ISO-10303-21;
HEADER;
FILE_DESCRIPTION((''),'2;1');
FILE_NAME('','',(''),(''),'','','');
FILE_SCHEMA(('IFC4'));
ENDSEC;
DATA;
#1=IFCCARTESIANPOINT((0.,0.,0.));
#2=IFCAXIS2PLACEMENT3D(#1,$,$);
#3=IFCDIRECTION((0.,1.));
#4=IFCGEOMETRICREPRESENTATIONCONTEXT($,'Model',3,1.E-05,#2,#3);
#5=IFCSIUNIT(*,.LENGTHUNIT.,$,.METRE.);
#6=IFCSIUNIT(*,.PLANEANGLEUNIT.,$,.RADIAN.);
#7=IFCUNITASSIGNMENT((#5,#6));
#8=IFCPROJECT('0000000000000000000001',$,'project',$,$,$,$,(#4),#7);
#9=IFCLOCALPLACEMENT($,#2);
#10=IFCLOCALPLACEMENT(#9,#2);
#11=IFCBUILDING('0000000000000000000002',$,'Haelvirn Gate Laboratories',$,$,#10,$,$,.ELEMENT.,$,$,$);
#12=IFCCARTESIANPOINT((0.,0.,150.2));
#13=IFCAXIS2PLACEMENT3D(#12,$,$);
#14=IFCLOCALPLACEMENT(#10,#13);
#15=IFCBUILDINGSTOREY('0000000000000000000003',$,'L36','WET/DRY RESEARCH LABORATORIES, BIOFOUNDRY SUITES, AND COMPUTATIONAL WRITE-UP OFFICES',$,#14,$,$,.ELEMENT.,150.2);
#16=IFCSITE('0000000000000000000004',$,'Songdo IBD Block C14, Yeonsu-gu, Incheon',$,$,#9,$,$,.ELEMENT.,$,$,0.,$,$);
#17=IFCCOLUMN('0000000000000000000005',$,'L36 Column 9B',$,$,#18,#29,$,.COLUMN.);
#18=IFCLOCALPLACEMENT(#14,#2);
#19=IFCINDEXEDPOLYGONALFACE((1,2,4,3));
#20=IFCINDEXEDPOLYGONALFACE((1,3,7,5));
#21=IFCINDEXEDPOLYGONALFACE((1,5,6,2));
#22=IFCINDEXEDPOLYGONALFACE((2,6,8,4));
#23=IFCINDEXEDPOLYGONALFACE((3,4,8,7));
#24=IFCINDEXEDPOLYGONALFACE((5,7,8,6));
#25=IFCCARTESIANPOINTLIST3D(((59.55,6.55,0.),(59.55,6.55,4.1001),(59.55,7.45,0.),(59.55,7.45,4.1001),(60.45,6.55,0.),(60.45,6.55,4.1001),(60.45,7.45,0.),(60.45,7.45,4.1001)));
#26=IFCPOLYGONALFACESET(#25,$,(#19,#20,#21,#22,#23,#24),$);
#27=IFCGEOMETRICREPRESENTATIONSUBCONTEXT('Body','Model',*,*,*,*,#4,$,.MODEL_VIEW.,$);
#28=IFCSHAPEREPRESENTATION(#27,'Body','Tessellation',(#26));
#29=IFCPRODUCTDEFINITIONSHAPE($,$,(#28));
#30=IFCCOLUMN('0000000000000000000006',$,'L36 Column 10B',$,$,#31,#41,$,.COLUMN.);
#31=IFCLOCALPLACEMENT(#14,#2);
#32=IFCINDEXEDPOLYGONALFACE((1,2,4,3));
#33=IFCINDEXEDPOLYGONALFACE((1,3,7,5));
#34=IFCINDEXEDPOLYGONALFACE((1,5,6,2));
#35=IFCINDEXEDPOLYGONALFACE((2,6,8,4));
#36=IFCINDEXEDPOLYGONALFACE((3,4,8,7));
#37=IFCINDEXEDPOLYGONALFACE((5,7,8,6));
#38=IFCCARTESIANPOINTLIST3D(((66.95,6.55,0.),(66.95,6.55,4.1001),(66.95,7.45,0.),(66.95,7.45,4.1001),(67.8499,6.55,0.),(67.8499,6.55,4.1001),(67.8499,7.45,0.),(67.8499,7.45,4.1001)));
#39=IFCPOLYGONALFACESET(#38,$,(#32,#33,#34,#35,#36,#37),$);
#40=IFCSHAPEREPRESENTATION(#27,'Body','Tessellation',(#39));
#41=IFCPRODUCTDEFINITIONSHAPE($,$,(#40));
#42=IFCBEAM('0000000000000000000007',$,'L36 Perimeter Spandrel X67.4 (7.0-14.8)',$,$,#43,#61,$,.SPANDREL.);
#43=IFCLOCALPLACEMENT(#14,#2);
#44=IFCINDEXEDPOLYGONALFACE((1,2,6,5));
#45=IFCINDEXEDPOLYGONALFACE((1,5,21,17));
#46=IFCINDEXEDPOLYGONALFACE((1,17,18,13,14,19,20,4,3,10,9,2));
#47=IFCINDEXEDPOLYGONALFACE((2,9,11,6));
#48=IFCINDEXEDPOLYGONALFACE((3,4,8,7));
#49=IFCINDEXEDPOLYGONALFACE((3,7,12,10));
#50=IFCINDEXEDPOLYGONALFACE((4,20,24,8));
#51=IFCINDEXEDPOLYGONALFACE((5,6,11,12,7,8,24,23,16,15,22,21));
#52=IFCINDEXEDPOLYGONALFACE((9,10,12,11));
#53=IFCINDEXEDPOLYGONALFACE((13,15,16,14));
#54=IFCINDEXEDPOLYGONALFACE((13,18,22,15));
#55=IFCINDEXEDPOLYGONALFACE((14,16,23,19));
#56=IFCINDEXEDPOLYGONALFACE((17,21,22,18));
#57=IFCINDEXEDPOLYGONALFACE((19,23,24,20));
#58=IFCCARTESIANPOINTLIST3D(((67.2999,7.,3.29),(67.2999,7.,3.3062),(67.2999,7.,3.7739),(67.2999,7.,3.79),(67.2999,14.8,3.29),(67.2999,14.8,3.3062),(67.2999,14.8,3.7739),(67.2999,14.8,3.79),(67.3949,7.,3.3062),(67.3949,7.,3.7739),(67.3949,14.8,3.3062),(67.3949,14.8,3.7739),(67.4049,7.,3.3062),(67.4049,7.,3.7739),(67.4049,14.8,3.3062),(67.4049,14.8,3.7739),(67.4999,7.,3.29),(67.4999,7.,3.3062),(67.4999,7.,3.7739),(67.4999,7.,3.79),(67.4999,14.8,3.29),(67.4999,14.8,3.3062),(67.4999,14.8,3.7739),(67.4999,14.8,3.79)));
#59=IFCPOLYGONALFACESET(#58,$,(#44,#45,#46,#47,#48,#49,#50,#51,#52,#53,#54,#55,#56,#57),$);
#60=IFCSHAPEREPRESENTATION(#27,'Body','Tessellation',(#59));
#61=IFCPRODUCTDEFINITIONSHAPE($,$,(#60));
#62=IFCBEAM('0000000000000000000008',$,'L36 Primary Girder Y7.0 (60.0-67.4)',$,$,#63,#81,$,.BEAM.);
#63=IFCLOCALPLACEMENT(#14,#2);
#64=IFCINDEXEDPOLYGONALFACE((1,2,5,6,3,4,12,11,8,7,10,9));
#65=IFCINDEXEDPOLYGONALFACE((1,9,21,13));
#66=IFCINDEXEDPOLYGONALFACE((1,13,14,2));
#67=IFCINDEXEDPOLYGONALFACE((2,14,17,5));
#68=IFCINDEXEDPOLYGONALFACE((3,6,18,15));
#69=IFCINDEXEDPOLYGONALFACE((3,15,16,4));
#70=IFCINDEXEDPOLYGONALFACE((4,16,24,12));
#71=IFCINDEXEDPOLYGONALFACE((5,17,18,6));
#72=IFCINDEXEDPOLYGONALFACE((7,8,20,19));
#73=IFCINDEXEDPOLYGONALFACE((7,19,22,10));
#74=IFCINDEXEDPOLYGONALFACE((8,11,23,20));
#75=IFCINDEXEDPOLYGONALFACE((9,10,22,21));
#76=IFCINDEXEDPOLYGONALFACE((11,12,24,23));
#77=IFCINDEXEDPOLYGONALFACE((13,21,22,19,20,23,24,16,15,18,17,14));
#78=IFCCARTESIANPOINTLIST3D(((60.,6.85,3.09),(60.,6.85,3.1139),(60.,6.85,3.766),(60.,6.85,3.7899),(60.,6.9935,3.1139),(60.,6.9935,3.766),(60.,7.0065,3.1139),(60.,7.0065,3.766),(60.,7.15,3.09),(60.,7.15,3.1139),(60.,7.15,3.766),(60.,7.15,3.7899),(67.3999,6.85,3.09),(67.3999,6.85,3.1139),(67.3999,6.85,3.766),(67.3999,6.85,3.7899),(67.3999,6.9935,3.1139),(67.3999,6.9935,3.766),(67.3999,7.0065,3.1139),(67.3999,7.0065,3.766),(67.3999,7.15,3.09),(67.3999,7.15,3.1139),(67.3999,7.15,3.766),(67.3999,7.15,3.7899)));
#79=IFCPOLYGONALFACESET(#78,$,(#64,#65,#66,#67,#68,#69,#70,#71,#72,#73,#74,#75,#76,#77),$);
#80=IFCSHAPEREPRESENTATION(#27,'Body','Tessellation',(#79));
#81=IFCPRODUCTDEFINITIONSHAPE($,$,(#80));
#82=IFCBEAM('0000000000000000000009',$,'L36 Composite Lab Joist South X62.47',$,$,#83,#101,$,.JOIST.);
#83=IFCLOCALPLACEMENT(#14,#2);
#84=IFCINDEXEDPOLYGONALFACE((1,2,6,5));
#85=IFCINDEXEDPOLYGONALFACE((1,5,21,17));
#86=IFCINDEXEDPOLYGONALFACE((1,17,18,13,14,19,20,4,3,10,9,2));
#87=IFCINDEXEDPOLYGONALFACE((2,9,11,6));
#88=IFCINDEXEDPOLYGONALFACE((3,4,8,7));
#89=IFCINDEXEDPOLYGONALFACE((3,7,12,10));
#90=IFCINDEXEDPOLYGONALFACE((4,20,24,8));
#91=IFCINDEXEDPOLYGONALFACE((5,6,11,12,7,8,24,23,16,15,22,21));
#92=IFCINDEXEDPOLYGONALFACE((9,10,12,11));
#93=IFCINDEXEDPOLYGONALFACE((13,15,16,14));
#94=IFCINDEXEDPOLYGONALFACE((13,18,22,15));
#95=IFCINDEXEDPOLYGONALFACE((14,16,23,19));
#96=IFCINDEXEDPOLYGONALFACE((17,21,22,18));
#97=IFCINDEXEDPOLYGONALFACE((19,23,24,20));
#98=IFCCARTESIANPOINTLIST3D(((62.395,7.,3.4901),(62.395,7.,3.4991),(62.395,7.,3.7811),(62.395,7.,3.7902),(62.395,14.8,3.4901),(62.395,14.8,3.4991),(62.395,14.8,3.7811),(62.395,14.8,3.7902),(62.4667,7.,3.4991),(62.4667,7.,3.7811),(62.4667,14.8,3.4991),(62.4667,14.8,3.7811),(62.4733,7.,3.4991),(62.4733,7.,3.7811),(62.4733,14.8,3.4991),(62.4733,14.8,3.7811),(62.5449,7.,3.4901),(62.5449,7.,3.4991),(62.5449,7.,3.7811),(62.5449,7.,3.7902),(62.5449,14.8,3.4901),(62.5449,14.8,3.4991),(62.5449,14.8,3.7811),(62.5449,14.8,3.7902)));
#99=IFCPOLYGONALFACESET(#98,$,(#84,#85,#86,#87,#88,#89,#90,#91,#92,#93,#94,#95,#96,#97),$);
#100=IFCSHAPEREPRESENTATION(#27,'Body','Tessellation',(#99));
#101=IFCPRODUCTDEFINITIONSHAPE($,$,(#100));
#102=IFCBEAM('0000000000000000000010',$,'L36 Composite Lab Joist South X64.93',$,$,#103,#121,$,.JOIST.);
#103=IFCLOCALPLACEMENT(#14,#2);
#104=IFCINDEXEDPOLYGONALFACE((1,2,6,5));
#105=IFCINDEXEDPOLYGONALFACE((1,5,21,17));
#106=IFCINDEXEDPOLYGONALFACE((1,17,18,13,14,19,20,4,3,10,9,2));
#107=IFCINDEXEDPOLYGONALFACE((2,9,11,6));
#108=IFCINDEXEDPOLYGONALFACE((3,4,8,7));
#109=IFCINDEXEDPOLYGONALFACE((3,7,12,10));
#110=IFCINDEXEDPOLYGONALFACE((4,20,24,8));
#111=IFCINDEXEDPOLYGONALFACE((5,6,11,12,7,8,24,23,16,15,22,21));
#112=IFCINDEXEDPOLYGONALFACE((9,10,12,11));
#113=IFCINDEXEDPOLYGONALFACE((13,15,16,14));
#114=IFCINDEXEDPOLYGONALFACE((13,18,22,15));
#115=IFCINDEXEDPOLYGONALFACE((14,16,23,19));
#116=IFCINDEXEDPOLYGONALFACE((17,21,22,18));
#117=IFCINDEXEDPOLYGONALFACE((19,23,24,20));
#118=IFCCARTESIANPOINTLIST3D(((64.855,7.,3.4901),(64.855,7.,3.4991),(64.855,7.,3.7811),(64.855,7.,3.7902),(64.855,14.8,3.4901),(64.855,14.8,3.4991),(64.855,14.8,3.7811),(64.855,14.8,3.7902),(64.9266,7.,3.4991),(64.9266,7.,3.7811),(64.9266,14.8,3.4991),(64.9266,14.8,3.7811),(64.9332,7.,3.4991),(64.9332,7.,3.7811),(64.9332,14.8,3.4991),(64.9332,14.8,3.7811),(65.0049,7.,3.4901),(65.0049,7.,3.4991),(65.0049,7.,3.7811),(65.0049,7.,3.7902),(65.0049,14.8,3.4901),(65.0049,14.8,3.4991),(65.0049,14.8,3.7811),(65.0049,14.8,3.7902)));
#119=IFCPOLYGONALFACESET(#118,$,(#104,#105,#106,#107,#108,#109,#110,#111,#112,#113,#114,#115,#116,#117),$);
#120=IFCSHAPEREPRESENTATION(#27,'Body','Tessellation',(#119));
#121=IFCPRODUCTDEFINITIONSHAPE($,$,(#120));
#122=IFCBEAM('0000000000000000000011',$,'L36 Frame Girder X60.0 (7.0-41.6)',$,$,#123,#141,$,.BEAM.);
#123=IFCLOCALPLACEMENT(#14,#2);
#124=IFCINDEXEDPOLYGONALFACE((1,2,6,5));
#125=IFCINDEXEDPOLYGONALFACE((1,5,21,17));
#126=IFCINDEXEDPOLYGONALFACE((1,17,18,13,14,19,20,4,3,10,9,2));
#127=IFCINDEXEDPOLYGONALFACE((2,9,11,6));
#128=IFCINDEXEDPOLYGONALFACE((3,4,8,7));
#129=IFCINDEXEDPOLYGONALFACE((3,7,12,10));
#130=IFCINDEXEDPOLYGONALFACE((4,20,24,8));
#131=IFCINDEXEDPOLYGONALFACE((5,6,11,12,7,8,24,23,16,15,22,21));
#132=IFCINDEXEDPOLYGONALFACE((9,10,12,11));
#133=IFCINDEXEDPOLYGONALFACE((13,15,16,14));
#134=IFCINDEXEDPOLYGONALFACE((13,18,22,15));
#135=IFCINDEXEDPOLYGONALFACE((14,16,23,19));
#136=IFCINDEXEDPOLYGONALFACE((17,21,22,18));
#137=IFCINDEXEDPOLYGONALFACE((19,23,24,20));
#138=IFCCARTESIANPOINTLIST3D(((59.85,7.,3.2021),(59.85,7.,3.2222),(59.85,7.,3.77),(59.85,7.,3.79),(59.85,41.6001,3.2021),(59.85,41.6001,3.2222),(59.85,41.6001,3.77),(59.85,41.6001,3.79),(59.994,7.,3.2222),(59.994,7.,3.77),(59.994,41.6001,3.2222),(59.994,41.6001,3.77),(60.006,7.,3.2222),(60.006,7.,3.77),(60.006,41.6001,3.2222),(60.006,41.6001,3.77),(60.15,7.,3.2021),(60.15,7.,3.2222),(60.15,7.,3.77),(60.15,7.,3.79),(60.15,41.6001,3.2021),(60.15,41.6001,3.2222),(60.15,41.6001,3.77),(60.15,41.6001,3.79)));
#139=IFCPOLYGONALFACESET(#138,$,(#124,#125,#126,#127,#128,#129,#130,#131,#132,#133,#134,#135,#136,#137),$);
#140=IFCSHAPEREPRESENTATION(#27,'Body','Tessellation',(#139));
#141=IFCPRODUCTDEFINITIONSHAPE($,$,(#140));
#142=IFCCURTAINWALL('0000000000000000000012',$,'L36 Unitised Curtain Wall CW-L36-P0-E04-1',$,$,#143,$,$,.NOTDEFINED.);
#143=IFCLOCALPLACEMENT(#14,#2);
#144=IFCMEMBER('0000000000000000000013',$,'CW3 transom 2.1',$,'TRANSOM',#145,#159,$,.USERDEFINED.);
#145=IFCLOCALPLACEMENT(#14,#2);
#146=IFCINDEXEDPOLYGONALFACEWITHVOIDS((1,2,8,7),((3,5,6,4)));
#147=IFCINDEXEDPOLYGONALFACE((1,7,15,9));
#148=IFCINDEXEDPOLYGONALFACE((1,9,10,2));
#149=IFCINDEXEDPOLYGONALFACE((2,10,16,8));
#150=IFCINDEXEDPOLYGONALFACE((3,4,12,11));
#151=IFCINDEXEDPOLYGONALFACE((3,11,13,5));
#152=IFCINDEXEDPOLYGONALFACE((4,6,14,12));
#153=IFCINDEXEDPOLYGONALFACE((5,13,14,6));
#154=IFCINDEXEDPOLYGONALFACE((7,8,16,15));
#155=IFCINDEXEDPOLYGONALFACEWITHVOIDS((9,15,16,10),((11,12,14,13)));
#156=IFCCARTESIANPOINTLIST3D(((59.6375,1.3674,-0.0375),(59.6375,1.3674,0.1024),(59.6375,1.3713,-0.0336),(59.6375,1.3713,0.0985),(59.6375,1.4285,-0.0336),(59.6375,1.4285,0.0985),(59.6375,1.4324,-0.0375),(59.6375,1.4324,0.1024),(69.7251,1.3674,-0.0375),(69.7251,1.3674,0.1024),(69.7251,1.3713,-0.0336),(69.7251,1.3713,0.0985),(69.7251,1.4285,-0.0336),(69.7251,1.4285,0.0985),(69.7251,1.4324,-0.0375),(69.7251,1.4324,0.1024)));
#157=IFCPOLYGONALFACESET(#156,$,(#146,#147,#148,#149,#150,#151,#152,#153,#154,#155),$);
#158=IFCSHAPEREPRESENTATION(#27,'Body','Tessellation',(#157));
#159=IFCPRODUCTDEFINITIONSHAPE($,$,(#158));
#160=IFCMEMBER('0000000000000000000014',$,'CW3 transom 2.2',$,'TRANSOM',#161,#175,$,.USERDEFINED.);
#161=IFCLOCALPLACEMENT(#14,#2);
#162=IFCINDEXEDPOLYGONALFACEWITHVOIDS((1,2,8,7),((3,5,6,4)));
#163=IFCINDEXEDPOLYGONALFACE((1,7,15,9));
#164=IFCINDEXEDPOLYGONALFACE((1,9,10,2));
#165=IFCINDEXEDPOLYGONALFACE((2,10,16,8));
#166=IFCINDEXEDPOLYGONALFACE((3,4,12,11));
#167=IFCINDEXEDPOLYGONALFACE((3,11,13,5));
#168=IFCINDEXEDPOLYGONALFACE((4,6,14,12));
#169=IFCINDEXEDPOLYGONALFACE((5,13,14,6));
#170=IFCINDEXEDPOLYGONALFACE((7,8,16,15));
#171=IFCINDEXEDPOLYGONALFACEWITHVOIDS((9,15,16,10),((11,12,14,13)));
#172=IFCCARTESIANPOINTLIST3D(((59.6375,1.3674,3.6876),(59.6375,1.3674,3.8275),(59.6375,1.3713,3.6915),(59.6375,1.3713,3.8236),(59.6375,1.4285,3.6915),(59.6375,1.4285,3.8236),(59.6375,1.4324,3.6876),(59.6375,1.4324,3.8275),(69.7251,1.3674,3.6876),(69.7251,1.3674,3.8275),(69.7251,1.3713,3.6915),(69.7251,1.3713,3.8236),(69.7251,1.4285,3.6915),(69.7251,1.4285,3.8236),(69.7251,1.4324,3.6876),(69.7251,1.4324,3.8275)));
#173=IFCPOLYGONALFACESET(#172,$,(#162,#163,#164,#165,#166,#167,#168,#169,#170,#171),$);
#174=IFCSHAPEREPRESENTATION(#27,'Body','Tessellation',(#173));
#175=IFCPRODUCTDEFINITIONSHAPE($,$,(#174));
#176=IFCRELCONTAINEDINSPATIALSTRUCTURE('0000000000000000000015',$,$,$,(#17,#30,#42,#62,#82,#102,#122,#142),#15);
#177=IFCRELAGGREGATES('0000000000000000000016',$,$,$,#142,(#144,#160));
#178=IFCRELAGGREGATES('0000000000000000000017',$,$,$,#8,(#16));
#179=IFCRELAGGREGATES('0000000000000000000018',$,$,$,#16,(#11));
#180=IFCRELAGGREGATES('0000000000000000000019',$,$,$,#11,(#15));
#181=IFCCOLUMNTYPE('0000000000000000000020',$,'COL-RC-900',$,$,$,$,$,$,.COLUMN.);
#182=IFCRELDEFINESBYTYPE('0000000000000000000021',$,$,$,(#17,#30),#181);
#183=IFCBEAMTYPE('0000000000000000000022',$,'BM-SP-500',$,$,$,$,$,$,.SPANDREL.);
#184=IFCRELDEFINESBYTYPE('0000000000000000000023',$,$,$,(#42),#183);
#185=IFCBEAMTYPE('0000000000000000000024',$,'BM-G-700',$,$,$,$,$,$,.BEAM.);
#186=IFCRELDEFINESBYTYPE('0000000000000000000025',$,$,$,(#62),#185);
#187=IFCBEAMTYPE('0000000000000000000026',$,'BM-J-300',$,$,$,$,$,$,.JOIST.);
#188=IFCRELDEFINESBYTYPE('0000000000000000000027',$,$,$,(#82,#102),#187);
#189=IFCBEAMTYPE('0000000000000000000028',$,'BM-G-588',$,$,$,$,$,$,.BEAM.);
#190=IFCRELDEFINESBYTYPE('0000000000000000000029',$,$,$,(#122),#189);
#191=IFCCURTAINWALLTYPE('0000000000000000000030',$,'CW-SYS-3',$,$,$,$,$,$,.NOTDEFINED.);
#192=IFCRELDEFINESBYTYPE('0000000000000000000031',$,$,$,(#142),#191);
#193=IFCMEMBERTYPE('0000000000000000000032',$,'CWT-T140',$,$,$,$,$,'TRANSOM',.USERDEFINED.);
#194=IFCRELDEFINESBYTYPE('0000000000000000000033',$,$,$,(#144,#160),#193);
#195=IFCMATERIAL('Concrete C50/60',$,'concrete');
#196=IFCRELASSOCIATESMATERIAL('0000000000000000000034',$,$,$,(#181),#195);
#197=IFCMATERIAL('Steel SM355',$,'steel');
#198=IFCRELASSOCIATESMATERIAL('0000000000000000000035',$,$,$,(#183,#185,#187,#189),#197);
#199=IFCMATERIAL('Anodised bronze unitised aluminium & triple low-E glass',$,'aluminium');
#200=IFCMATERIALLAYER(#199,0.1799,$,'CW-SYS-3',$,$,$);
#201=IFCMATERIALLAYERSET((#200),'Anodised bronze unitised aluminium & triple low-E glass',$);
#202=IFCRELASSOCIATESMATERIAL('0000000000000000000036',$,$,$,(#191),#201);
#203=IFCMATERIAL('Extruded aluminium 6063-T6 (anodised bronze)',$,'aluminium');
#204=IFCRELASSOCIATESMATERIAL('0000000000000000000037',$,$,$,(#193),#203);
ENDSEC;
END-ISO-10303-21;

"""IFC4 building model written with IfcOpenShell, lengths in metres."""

from ifc_helpers import new_model, si_unit, direction, frame, origin, origin_2d, place, context, subcontext, project, spatial, rectangle, hollow_rectangle, i_section, extrude, source, transform, mapped, material, layer, layer_set, material_profile, profile_set, type_object, type_shapes, element, aggregate, save


model = new_model("IFC4")

# Units and contexts
model_context = context("Model", 3, precision=1e-05, world=origin(), true_north=direction((0.0, 1.0)))
body_context = subcontext(model_context, "Body", "Model", "MODEL_VIEW")
ifc_project = project(units=[si_unit("LENGTHUNIT", "METRE"), si_unit("PLANEANGLEUNIT", "RADIAN")], contexts=[model_context])

# Site, building, storey
site_placement = place(None, origin())
site = spatial("IfcSite", under=ifc_project, at=site_placement, Name="Songdo IBD Block C14, Yeonsu-gu, Incheon", CompositionType="ELEMENT", RefElevation=0.0)
building_placement = place(site_placement, origin())
building = spatial("IfcBuilding", under=site, at=building_placement, Name="Haelvirn Gate Laboratories", CompositionType="ELEMENT")
storey_placement = place(building_placement, frame((0.0, 0.0, 150.2)))
storey = spatial("IfcBuildingStorey", under=building, at=storey_placement, Name="L36", Description="WET/DRY RESEARCH LABORATORIES, BIOFOUNDRY SUITES, AND COMPUTATIONAL WRITE-UP OFFICES", CompositionType="ELEMENT", Elevation=150.2)

# Columns
ifc_material_1 = material(Name="Concrete C50/60", Category="concrete")
ifc_material_profile_1 = material_profile(ifc_material_1, rectangle(XDim=0.8999, YDim=0.8999, at=origin_2d()), Name="RC-900x900")
ifc_profile_set_1 = profile_set([ifc_material_profile_1], Name="Concrete C50/60")
column_type = type_object("IfcColumnType", Name="COL-RC-900", PredefinedType="COLUMN", material=ifc_profile_set_1)
shared_shape_1 = source(origin(), body_context, "Body", "SweptSolid", [
    extrude(rectangle(XDim=0.8999, YDim=0.8999, at=origin_2d()), origin(), (0.0, 0.0, 1.0), 4.1001),
])
type_shapes(column_type, [shared_shape_1])
for number, where, z_axis, x_axis, name in (
    (1, (60.0, 7.0, 0.0), (0.0, 0.0, 1.0), (1.0, 0.0, 0.0), "L36 Column 9B"),
    (2, (67.3999, 7.0, 0.0), (0.0, 0.0, 1.0), (1.0, 0.0, 0.0), "L36 Column 10B"),
):
    element("IfcColumn", number, at=place(storey_placement, frame(where, z_axis=z_axis, x_axis=x_axis)), inside=storey, type_object=column_type, Name=name, PredefinedType="COLUMN", context=body_context, shape_type="MappedRepresentation", body=[
        mapped(shared_shape_1, transform((0.0, 0.0, 0.0), scale=1.0)),
    ])

# Beams
ifc_material_2 = material(Name="Steel SM355", Category="steel")
ifc_material_profile_2 = material_profile(ifc_material_2, i_section(OverallWidth=0.2, OverallDepth=0.5, WebThickness=0.01, FlangeThickness=0.0161, at=origin_2d()), Name="H-500x200x10x16")
ifc_profile_set_2 = profile_set([ifc_material_profile_2], Name="Steel SM355")
beam_type_1 = type_object("IfcBeamType", Name="BM-SP-500", PredefinedType="SPANDREL", material=ifc_profile_set_2)
shared_shape_2 = source(origin(), body_context, "Body", "SweptSolid", [
    extrude(i_section(OverallWidth=0.2, OverallDepth=0.5, WebThickness=0.01, FlangeThickness=0.0161, at=origin_2d()), origin(), (0.0, 0.0, 1.0), 7.8),
])
type_shapes(beam_type_1, [shared_shape_2])
beam_1_placement = place(storey_placement, frame((67.3999, 7.0, 3.54), z_axis=(0.0, 1.0, 0.0), x_axis=(-1.0, 0.0, 0.0)))
element("IfcBeam", 3, at=beam_1_placement, inside=storey, type_object=beam_type_1, Name="L36 Perimeter Spandrel X67.4 (7.0-14.8)", PredefinedType="SPANDREL", context=body_context, shape_type="MappedRepresentation", body=[
    mapped(shared_shape_2, transform((0.0, 0.0, 0.0), scale=1.0)),
])
ifc_material_profile_3 = material_profile(ifc_material_2, i_section(OverallWidth=0.3, OverallDepth=0.7, WebThickness=0.0129, FlangeThickness=0.0239, at=origin_2d()), Name="H-700x300x13x24")
ifc_profile_set_3 = profile_set([ifc_material_profile_3], Name="Steel SM355")
beam_type_2 = type_object("IfcBeamType", Name="BM-G-700", PredefinedType="BEAM", material=ifc_profile_set_3)
shared_shape_3 = source(origin(), body_context, "Body", "SweptSolid", [
    extrude(i_section(OverallWidth=0.3, OverallDepth=0.7, WebThickness=0.0129, FlangeThickness=0.0239, at=origin_2d()), origin(), (0.0, 0.0, 1.0), 7.3999),
])
type_shapes(beam_type_2, [shared_shape_3])
beam_2_placement = place(storey_placement, frame((60.0, 7.0, 3.4399), z_axis=(1.0, 0.0, 0.0), x_axis=(0.0, 1.0, 0.0)))
element("IfcBeam", 4, at=beam_2_placement, inside=storey, type_object=beam_type_2, Name="L36 Primary Girder Y7.0 (60.0-67.4)", PredefinedType="BEAM", context=body_context, shape_type="MappedRepresentation", body=[
    mapped(shared_shape_3, transform((0.0, 0.0, 0.0), scale=1.0)),
])
ifc_material_profile_4 = material_profile(ifc_material_2, i_section(OverallWidth=0.1499, OverallDepth=0.3, WebThickness=0.0066, FlangeThickness=0.009, at=origin_2d()), Name="H-300x150x6.5x9")
ifc_profile_set_4 = profile_set([ifc_material_profile_4], Name="Steel SM355")
beam_type_3 = type_object("IfcBeamType", Name="BM-J-300", PredefinedType="JOIST", material=ifc_profile_set_4)
shared_shape_4 = source(origin(), body_context, "Body", "SweptSolid", [
    extrude(i_section(OverallWidth=0.1499, OverallDepth=0.3, WebThickness=0.0066, FlangeThickness=0.009, at=origin_2d()), origin(), (0.0, 0.0, 1.0), 7.8),
])
type_shapes(beam_type_3, [shared_shape_4])
for number, where, z_axis, x_axis, name in (
    (5, (62.47, 7.0, 3.6401), (0.0, 1.0, 0.0), (-1.0, 0.0, 0.0), "L36 Composite Lab Joist South X62.47"),
    (6, (64.9299, 7.0, 3.6401), (0.0, 1.0, 0.0), (-1.0, 0.0, 0.0), "L36 Composite Lab Joist South X64.93"),
):
    element("IfcBeam", number, at=place(storey_placement, frame(where, z_axis=z_axis, x_axis=x_axis)), inside=storey, type_object=beam_type_3, Name=name, PredefinedType="JOIST", context=body_context, shape_type="MappedRepresentation", body=[
        mapped(shared_shape_4, transform((0.0, 0.0, 0.0), scale=1.0)),
    ])
ifc_material_profile_5 = material_profile(ifc_material_2, i_section(OverallWidth=0.3, OverallDepth=0.5879, WebThickness=0.012, FlangeThickness=0.02, at=origin_2d()), Name="H-588x300x12x20")
ifc_profile_set_5 = profile_set([ifc_material_profile_5], Name="Steel SM355")
beam_type_4 = type_object("IfcBeamType", Name="BM-G-588", PredefinedType="BEAM", material=ifc_profile_set_5)
shared_shape_5 = source(origin(), body_context, "Body", "SweptSolid", [
    extrude(i_section(OverallWidth=0.3, OverallDepth=0.5879, WebThickness=0.012, FlangeThickness=0.02, at=origin_2d()), origin(), (0.0, 0.0, 1.0), 34.6001),
])
type_shapes(beam_type_4, [shared_shape_5])
beam_3_placement = place(storey_placement, frame((60.0, 7.0, 3.4961), z_axis=(0.0, 1.0, 0.0), x_axis=(-1.0, 0.0, 0.0)))
element("IfcBeam", 7, at=beam_3_placement, inside=storey, type_object=beam_type_4, Name="L36 Frame Girder X60.0 (7.0-41.6)", PredefinedType="BEAM", context=body_context, shape_type="MappedRepresentation", body=[
    mapped(shared_shape_5, transform((0.0, 0.0, 0.0), scale=1.0)),
])

# Curtain wall, members
ifc_material_3 = material(Name="Anodised bronze unitised aluminium & triple low-E glass", Category="aluminium")
ifc_layer_1 = layer(ifc_material_3, 0.1799, Name="CW-SYS-3")
ifc_layer_set_1 = layer_set([ifc_layer_1], Name="Anodised bronze unitised aluminium & triple low-E glass")
curtain_wall_type_1 = type_object("IfcCurtainWallType", Name="CW-SYS-3", PredefinedType="NOTDEFINED", material=ifc_layer_set_1)
curtain_wall_1_placement = place(storey_placement, origin())
curtain_wall_1 = element("IfcCurtainWall", 8, at=curtain_wall_1_placement, inside=storey, type_object=curtain_wall_type_1, Name="L36 Unitised Curtain Wall CW-L36-P0-E04-1", PredefinedType="NOTDEFINED")
ifc_material_4 = material(Name="Extruded aluminium 6063-T6 (anodised bronze)", Category="aluminium")
ifc_material_profile_6 = material_profile(ifc_material_4, hollow_rectangle(XDim=0.0649, YDim=0.1399, WallThickness=0.0039, at=origin_2d()), Name="CWT-140x65x4")
ifc_profile_set_6 = profile_set([ifc_material_profile_6], Name="Extruded aluminium 6063-T6 (anodised bronze)")
member_type_1 = type_object("IfcMemberType", Name="CWT-T140", ElementType="TRANSOM", PredefinedType="USERDEFINED", material=ifc_profile_set_6)
shared_shape_6 = source(origin(), body_context, "Body", "SweptSolid", [
    extrude(hollow_rectangle(XDim=0.0649, YDim=0.1399, WallThickness=0.0039, at=origin_2d()), origin(), (0.0, 0.0, 1.0), 10.0876),
])
member_1_placement = place(storey_placement, frame((59.6375, 1.3999, 0.0325), z_axis=(1.0, 0.0, 0.0), x_axis=(0.0, 1.0, 0.0)))
member_1 = element("IfcMember", 9, at=member_1_placement, type_object=member_type_1, Name="CW3 transom 2.1", ObjectType="TRANSOM", PredefinedType="USERDEFINED", context=body_context, shape_type="MappedRepresentation", body=[
    mapped(shared_shape_6, transform((0.0, 0.0, 0.0), scale=1.0)),
])
member_2_placement = place(storey_placement, frame((59.6375, 1.3999, 3.7576), z_axis=(1.0, 0.0, 0.0), x_axis=(0.0, 1.0, 0.0)))
member_2 = element("IfcMember", 10, at=member_2_placement, type_object=member_type_1, Name="CW3 transom 2.2", ObjectType="TRANSOM", PredefinedType="USERDEFINED", context=body_context, shape_type="MappedRepresentation", body=[
    mapped(shared_shape_6, transform((0.0, 0.0, 0.0), scale=1.0)),
])

aggregate(curtain_wall_1, [member_1, member_2])

save(model, "model.ifc")
